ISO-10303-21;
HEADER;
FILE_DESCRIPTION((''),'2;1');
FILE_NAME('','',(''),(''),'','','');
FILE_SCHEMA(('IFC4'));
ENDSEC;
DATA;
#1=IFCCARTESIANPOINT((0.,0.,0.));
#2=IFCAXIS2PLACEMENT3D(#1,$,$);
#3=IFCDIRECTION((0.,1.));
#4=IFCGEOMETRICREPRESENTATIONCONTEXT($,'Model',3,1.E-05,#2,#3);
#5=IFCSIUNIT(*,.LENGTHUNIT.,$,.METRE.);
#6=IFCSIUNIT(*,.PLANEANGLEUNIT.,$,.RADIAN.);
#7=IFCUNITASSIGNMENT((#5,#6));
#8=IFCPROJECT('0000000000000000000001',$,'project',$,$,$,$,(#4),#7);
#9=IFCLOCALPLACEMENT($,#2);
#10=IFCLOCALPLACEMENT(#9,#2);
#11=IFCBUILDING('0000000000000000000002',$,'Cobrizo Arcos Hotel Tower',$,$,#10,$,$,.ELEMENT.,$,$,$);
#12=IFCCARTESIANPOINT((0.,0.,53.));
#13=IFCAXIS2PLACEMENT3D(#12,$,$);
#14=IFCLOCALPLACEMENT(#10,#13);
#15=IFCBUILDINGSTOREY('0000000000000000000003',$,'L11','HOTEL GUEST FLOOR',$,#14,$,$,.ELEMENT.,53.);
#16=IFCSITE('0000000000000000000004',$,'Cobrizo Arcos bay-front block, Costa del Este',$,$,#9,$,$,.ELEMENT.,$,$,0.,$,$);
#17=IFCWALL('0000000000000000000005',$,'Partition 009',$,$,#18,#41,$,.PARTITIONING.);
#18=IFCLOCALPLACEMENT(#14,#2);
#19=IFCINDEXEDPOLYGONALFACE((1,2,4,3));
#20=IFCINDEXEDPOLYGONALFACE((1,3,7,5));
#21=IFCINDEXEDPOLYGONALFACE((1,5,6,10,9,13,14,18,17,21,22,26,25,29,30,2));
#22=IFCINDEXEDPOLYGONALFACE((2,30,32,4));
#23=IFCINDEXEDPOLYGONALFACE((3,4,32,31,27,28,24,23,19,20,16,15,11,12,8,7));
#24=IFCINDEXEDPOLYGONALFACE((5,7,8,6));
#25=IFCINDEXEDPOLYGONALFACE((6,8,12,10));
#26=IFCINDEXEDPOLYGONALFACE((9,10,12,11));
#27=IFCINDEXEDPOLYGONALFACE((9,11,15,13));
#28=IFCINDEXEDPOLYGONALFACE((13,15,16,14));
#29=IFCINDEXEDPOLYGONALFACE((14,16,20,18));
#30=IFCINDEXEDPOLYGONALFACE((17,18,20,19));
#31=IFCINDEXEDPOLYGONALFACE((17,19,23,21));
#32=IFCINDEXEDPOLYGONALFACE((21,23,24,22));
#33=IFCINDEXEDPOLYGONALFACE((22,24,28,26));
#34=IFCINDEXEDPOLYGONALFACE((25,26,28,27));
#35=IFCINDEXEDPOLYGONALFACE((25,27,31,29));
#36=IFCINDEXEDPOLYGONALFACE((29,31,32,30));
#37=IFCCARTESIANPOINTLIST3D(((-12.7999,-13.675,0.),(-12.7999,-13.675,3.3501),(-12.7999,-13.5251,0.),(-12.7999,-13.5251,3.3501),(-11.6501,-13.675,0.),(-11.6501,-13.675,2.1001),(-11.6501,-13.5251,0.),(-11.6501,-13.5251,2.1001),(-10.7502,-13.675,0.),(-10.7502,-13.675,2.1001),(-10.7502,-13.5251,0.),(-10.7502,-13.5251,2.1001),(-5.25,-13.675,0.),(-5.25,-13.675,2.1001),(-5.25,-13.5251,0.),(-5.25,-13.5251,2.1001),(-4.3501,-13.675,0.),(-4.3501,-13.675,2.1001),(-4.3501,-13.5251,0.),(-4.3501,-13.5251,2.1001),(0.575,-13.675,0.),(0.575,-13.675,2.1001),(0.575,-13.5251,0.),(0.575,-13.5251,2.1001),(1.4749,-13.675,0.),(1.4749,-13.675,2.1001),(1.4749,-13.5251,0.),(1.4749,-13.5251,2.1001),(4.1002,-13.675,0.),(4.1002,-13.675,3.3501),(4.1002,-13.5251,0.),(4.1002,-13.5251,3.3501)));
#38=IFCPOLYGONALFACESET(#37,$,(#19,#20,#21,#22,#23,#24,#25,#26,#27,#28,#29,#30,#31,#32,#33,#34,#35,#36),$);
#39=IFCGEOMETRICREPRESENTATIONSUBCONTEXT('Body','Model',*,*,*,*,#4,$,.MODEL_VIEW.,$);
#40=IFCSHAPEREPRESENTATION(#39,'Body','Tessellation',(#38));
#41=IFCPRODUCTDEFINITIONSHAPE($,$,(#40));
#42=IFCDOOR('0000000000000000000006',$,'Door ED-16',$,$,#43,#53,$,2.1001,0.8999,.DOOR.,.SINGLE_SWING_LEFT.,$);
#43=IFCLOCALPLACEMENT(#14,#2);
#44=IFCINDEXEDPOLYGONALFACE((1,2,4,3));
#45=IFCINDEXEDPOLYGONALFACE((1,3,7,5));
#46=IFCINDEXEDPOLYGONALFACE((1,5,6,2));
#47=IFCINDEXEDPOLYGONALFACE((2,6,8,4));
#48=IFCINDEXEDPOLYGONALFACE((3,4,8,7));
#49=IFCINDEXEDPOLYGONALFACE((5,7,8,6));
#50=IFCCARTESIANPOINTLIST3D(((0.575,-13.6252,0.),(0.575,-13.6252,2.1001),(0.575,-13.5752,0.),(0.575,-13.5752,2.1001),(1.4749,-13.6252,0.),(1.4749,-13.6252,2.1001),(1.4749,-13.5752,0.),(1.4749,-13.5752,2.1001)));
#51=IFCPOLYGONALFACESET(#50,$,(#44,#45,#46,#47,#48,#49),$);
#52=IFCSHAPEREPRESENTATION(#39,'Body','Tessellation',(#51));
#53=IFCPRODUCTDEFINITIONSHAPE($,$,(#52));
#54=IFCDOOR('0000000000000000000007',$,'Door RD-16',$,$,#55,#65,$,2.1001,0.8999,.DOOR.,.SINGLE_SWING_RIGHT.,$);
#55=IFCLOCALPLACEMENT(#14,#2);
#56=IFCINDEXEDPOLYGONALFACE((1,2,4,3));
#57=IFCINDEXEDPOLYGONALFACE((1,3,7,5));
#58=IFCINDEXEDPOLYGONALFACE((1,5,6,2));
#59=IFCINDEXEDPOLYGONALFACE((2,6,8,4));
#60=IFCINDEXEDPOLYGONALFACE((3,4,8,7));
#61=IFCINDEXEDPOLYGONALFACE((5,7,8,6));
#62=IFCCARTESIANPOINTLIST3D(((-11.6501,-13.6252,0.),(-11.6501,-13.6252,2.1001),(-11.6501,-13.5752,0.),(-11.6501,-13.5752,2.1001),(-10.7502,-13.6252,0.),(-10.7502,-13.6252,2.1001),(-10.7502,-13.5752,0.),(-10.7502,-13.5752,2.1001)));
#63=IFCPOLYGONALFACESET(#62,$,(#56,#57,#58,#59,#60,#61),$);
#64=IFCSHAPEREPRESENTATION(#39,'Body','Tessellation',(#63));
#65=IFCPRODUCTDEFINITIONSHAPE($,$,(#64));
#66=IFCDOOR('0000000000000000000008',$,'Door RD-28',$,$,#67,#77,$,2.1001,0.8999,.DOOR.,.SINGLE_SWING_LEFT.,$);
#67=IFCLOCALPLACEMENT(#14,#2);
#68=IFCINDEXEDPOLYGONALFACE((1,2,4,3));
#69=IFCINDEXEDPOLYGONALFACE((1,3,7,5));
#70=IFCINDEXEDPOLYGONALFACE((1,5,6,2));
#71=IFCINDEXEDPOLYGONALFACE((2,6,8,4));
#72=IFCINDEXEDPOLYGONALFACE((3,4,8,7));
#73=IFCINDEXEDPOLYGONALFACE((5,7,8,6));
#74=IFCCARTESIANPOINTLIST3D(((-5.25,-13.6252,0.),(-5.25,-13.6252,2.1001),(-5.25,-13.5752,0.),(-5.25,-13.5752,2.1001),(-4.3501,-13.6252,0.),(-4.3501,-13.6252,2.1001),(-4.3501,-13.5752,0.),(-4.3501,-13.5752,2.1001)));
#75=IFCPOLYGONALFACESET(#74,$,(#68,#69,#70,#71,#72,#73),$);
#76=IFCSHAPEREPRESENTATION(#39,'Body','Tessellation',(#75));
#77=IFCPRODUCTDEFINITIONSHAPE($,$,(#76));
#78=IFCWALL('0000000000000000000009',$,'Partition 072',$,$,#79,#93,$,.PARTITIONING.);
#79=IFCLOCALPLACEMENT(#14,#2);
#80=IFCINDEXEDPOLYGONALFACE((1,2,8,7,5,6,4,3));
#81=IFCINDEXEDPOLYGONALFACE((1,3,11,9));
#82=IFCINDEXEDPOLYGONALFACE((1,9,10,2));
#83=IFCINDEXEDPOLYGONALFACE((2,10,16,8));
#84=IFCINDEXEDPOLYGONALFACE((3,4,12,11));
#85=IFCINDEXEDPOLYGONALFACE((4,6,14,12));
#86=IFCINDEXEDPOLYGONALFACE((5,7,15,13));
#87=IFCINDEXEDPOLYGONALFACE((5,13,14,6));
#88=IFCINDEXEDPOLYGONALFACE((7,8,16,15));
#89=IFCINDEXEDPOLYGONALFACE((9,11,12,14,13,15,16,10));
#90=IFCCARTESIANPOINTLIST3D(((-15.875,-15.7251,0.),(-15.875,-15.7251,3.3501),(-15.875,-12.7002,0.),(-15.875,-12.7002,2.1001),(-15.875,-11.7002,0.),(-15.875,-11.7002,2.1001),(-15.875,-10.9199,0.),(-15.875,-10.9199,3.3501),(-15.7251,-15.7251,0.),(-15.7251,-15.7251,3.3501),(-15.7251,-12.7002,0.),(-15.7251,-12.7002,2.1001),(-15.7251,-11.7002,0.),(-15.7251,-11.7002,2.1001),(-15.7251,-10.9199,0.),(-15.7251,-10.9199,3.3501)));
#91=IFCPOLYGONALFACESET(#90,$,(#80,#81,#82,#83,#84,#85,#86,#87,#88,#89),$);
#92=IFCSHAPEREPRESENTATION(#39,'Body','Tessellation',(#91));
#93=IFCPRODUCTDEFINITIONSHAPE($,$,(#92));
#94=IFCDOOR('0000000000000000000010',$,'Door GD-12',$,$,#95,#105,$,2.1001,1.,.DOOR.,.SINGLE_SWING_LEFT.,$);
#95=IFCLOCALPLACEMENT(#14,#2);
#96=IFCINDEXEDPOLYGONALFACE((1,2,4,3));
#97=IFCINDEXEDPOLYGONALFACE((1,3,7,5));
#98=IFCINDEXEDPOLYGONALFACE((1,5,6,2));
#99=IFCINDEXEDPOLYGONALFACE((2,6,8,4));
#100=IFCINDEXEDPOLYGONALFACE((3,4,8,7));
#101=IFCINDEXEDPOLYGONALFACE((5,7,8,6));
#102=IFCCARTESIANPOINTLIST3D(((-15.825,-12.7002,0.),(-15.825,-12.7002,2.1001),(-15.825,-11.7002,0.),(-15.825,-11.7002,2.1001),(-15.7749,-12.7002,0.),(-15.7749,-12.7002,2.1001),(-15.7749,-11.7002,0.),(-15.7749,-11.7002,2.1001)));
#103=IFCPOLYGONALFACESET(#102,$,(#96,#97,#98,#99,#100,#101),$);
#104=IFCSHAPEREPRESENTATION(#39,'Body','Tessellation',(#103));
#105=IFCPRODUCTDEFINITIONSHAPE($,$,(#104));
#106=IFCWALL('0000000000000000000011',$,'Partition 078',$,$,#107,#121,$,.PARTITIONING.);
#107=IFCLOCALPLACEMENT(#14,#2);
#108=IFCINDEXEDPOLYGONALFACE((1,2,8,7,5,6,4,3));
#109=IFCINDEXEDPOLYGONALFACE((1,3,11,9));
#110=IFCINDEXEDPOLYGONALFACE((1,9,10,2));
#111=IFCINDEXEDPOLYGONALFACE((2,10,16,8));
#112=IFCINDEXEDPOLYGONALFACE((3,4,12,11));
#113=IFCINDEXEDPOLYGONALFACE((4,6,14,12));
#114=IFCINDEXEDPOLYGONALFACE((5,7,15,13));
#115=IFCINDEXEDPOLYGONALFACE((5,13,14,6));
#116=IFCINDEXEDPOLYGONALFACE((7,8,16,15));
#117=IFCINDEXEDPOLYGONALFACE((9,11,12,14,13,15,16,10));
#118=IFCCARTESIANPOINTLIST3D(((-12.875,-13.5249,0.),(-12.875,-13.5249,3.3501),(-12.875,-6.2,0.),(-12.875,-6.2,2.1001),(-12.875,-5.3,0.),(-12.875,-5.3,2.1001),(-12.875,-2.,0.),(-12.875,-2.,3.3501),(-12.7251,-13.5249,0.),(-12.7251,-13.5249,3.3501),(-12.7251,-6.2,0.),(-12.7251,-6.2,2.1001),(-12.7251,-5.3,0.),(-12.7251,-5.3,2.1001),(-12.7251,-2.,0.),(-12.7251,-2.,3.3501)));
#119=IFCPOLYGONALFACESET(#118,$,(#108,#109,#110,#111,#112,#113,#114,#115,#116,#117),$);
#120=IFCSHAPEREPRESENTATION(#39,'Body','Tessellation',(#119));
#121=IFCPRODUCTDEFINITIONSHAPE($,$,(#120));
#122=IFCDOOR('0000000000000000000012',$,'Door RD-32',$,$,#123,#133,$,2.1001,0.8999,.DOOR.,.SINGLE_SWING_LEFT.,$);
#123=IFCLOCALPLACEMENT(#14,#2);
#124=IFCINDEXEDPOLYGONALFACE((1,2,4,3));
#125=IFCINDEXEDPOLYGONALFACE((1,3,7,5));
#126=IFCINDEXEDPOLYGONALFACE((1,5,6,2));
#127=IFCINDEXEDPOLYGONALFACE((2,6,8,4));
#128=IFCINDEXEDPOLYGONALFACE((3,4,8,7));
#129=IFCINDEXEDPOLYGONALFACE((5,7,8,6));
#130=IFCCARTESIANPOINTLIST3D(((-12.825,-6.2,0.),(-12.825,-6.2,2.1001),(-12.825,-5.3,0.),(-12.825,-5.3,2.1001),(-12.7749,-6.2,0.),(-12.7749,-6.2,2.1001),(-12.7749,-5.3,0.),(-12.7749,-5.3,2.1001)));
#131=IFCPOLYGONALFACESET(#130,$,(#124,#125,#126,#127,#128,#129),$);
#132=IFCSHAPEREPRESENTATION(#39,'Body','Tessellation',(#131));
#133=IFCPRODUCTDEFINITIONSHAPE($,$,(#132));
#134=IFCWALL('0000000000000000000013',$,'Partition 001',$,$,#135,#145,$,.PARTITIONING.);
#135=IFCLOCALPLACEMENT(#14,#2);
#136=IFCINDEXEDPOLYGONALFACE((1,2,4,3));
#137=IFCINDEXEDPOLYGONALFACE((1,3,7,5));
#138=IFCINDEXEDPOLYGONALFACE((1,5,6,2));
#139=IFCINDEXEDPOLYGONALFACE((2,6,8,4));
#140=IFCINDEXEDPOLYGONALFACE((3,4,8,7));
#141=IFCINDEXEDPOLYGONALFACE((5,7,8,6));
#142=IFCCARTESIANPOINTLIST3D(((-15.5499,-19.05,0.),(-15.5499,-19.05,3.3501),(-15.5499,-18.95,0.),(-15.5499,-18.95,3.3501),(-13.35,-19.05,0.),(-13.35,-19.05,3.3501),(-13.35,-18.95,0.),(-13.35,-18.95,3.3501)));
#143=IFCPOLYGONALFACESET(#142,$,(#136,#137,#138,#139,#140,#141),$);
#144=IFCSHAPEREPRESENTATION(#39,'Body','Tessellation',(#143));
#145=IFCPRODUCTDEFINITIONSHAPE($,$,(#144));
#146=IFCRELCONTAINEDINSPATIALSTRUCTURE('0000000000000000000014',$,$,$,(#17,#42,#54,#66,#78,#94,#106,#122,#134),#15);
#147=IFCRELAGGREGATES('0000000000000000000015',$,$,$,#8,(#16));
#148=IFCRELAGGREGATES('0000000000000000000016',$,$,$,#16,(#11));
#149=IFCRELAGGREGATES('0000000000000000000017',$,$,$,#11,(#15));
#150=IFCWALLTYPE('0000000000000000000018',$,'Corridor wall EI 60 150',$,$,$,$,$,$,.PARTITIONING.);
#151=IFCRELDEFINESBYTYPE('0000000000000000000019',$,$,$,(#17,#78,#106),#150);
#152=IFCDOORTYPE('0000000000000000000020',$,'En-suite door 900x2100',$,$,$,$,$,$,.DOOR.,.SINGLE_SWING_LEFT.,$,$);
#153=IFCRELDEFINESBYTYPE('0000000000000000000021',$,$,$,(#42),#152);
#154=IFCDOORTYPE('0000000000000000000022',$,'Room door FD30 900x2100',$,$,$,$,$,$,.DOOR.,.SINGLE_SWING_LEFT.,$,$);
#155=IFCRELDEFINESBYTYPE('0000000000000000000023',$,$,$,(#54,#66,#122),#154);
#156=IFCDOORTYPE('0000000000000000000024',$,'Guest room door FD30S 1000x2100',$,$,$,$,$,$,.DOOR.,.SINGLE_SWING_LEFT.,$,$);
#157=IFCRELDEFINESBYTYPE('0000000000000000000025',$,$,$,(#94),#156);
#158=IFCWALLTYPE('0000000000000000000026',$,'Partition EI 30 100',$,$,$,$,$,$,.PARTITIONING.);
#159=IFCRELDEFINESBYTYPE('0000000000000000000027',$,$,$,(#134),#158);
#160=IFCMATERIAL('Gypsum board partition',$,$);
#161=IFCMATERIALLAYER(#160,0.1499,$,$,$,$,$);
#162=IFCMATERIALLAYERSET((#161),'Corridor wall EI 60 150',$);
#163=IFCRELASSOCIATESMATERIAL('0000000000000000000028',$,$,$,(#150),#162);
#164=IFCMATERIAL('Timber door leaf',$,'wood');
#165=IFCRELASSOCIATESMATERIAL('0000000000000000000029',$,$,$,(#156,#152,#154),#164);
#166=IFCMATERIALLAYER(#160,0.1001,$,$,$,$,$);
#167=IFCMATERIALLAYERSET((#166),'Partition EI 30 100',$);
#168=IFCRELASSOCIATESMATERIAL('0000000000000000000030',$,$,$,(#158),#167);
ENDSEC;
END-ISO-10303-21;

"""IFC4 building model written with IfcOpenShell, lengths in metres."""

from ifc_helpers import new_model, si_unit, direction, frame, frame_2d, origin, place, context, subcontext, project, spatial, rectangle, extrude, material, layer, layer_set, type_object, element, fill, save


model = new_model("IFC4")

# Units and contexts
model_context = context("Model", 3, precision=1e-05, world=origin(), true_north=direction((0.0, 1.0)))
body_context = subcontext(model_context, "Body", "Model", "MODEL_VIEW")
ifc_project = project(units=[si_unit("LENGTHUNIT", "METRE"), si_unit("PLANEANGLEUNIT", "RADIAN")], contexts=[model_context])

# Site, building, storey
site_placement = place(None, origin())
site = spatial("IfcSite", under=ifc_project, at=site_placement, Name="Cobrizo Arcos bay-front block, Costa del Este", CompositionType="ELEMENT", RefElevation=0.0)
building_placement = place(site_placement, origin())
building = spatial("IfcBuilding", under=site, at=building_placement, Name="Cobrizo Arcos Hotel Tower", CompositionType="ELEMENT")
storey_placement = place(building_placement, frame((0.0, 0.0, 53.0)))
storey = spatial("IfcBuildingStorey", under=building, at=storey_placement, Name="L11", Description="HOTEL GUEST FLOOR", CompositionType="ELEMENT", Elevation=53.0)

# Wall, openings, doors
ifc_material_1 = material(Name="Gypsum board partition")
ifc_layer_1 = layer(ifc_material_1, 0.1499)
ifc_layer_set_1 = layer_set([ifc_layer_1], Name="Corridor wall EI 60 150")
wall_type_1 = type_object("IfcWallType", Name="Corridor wall EI 60 150", PredefinedType="PARTITIONING", material=ifc_layer_set_1)
ifc_material_2 = material(Name="Timber door leaf", Category="wood")
door_type_1 = type_object("IfcDoorType", Name="Guest room door FD30S 1000x2100", OperationType="SINGLE_SWING_LEFT", PredefinedType="DOOR", material=ifc_material_2)
wall_1_placement = place(storey_placement, frame((-12.8, -13.6001, 0.0), z_axis=(0.0, 0.0, 1.0), x_axis=(1.0, 0.0, 0.0)))
wall_1 = element("IfcWall", 1, at=wall_1_placement, inside=storey, type_object=wall_type_1, Name="Partition 009", PredefinedType="PARTITIONING", context=body_context, shape_type="SweptSolid", body=[
    extrude(rectangle(XDim=16.9001, YDim=0.1499, at=frame_2d((8.4502, 0.0))), origin(), (0.0, 0.0, 1.0), 3.3501),
])
opening_1_placement = place(wall_1_placement, frame((1.1499, 0.0, 0.0)))
opening_1 = element("IfcOpeningElement", 2, at=opening_1_placement, cuts=wall_1, PredefinedType="OPENING", context=body_context, shape_type="SweptSolid", body=[
    extrude(rectangle(XDim=0.8999, YDim=2.1001, at=frame_2d((0.45, 1.05))), frame((0.0, 0.0869, 0.0), z_axis=(0.0, -1.0, 0.0), x_axis=(1.0, 0.0, 0.0)), (0.0, 0.0, 1.0), 0.1738),
])
opening_2_placement = place(wall_1_placement, frame((13.375, 0.0, 0.0)))
opening_2 = element("IfcOpeningElement", 3, at=opening_2_placement, cuts=wall_1, PredefinedType="OPENING", context=body_context, shape_type="SweptSolid", body=[
    extrude(rectangle(XDim=0.8999, YDim=2.1001, at=frame_2d((0.45, 1.05))), frame((0.0, 0.0869, 0.0), z_axis=(0.0, -1.0, 0.0), x_axis=(1.0, 0.0, 0.0)), (0.0, 0.0, 1.0), 0.1738),
])
opening_3_placement = place(wall_1_placement, frame((7.55, 0.0, 0.0)))
opening_3 = element("IfcOpeningElement", 4, at=opening_3_placement, cuts=wall_1, PredefinedType="OPENING", context=body_context, shape_type="SweptSolid", body=[
    extrude(rectangle(XDim=0.8999, YDim=2.1001, at=frame_2d((0.45, 1.05))), frame((0.0, 0.0869, 0.0), z_axis=(0.0, -1.0, 0.0), x_axis=(1.0, 0.0, 0.0)), (0.0, 0.0, 1.0), 0.1738),
])
door_type_2 = type_object("IfcDoorType", Name="En-suite door 900x2100", OperationType="SINGLE_SWING_LEFT", PredefinedType="DOOR", material=ifc_material_2)
door_1_placement = place(opening_2_placement, origin())
door_1 = element("IfcDoor", 5, at=door_1_placement, inside=storey, type_object=door_type_2, Name="Door ED-16", OperationType="SINGLE_SWING_LEFT", OverallHeight=2.1001, OverallWidth=0.8999, PredefinedType="DOOR", context=body_context, shape_type="SweptSolid", body=[
    extrude(rectangle(XDim=0.8999, YDim=2.1001, at=frame_2d((0.45, 1.05))), frame((0.0, 0.0249, 0.0), z_axis=(0.0, -1.0, 0.0), x_axis=(1.0, 0.0, 0.0)), (0.0, 0.0, 1.0), 0.05),
])
fill(opening_2, door_1)
door_type_3 = type_object("IfcDoorType", Name="Room door FD30 900x2100", OperationType="SINGLE_SWING_LEFT", PredefinedType="DOOR", material=ifc_material_2)
door_2_placement = place(opening_1_placement, origin())
door_2 = element("IfcDoor", 6, at=door_2_placement, inside=storey, type_object=door_type_3, Name="Door RD-16", OperationType="SINGLE_SWING_RIGHT", OverallHeight=2.1001, OverallWidth=0.8999, PredefinedType="DOOR", context=body_context, shape_type="SweptSolid", body=[
    extrude(rectangle(XDim=0.8999, YDim=2.1001, at=frame_2d((0.45, 1.05))), frame((0.0, 0.0249, 0.0), z_axis=(0.0, -1.0, 0.0), x_axis=(1.0, 0.0, 0.0)), (0.0, 0.0, 1.0), 0.05),
])
fill(opening_1, door_2)
door_3_placement = place(opening_3_placement, origin())
door_3 = element("IfcDoor", 7, at=door_3_placement, inside=storey, type_object=door_type_3, Name="Door RD-28", OperationType="SINGLE_SWING_LEFT", OverallHeight=2.1001, OverallWidth=0.8999, PredefinedType="DOOR", context=body_context, shape_type="SweptSolid", body=[
    extrude(rectangle(XDim=0.8999, YDim=2.1001, at=frame_2d((0.45, 1.05))), frame((0.0, 0.0249, 0.0), z_axis=(0.0, -1.0, 0.0), x_axis=(1.0, 0.0, 0.0)), (0.0, 0.0, 1.0), 0.05),
])
fill(opening_3, door_3)

# Walls, openings, doors
wall_2_placement = place(storey_placement, frame((-15.8, -15.7251, 0.0), z_axis=(0.0, 0.0, 1.0), x_axis=(0.0, 1.0, 0.0)))
wall_2 = element("IfcWall", 8, at=wall_2_placement, inside=storey, type_object=wall_type_1, Name="Partition 072", PredefinedType="PARTITIONING", context=body_context, shape_type="SweptSolid", body=[
    extrude(rectangle(XDim=4.8052, YDim=0.1499, at=frame_2d((2.4026, 0.0))), origin(), (0.0, 0.0, 1.0), 3.3501),
])
opening_4_placement = place(wall_2_placement, frame((3.0249, 0.0, 0.0)))
opening_4 = element("IfcOpeningElement", 9, at=opening_4_placement, cuts=wall_2, PredefinedType="OPENING", context=body_context, shape_type="SweptSolid", body=[
    extrude(rectangle(XDim=1.0, YDim=2.1001, at=frame_2d((0.5, 1.05))), frame((0.0, 0.0869, 0.0), z_axis=(0.0, -1.0, 0.0), x_axis=(1.0, 0.0, 0.0)), (0.0, 0.0, 1.0), 0.1738),
])
door_4_placement = place(opening_4_placement, origin())
door_4 = element("IfcDoor", 10, at=door_4_placement, inside=storey, type_object=door_type_1, Name="Door GD-12", OperationType="SINGLE_SWING_LEFT", OverallHeight=2.1001, OverallWidth=1.0, PredefinedType="DOOR", context=body_context, shape_type="SweptSolid", body=[
    extrude(rectangle(XDim=1.0, YDim=2.1001, at=frame_2d((0.5, 1.05))), frame((0.0, 0.0249, 0.0), z_axis=(0.0, -1.0, 0.0), x_axis=(1.0, 0.0, 0.0)), (0.0, 0.0, 1.0), 0.05),
])
fill(opening_4, door_4)
wall_3_placement = place(storey_placement, frame((-12.8, -13.5249, 0.0), z_axis=(0.0, 0.0, 1.0), x_axis=(0.0, 1.0, 0.0)))
wall_3 = element("IfcWall", 11, at=wall_3_placement, inside=storey, type_object=wall_type_1, Name="Partition 078", PredefinedType="PARTITIONING", context=body_context, shape_type="SweptSolid", body=[
    extrude(rectangle(XDim=11.5249, YDim=0.1499, at=frame_2d((5.7625, 0.0))), origin(), (0.0, 0.0, 1.0), 3.3501),
])
opening_5_placement = place(wall_3_placement, frame((7.325, 0.0, 0.0)))
opening_5 = element("IfcOpeningElement", 12, at=opening_5_placement, cuts=wall_3, PredefinedType="OPENING", context=body_context, shape_type="SweptSolid", body=[
    extrude(rectangle(XDim=0.8999, YDim=2.1001, at=frame_2d((0.45, 1.05))), frame((0.0, 0.0869, 0.0), z_axis=(0.0, -1.0, 0.0), x_axis=(1.0, 0.0, 0.0)), (0.0, 0.0, 1.0), 0.1738),
])
door_5_placement = place(opening_5_placement, origin())
door_5 = element("IfcDoor", 13, at=door_5_placement, inside=storey, type_object=door_type_3, Name="Door RD-32", OperationType="SINGLE_SWING_LEFT", OverallHeight=2.1001, OverallWidth=0.8999, PredefinedType="DOOR", context=body_context, shape_type="SweptSolid", body=[
    extrude(rectangle(XDim=0.8999, YDim=2.1001, at=frame_2d((0.45, 1.05))), frame((0.0, 0.0249, 0.0), z_axis=(0.0, -1.0, 0.0), x_axis=(1.0, 0.0, 0.0)), (0.0, 0.0, 1.0), 0.05),
])
fill(opening_5, door_5)

# Wall
ifc_layer_2 = layer(ifc_material_1, 0.1001)
ifc_layer_set_2 = layer_set([ifc_layer_2], Name="Partition EI 30 100")
wall_type_2 = type_object("IfcWallType", Name="Partition EI 30 100", PredefinedType="PARTITIONING", material=ifc_layer_set_2)
wall_4_placement = place(storey_placement, frame((-15.55, -19.0, 0.0), z_axis=(0.0, 0.0, 1.0), x_axis=(1.0, 0.0, 0.0)))
element("IfcWall", 14, at=wall_4_placement, inside=storey, type_object=wall_type_2, Name="Partition 001", PredefinedType="PARTITIONING", context=body_context, shape_type="SweptSolid", body=[
    extrude(rectangle(XDim=2.2, YDim=0.1001, at=frame_2d((1.1001, 0.0))), origin(), (0.0, 0.0, 1.0), 3.3501),
])

save(model, "model.ifc")
